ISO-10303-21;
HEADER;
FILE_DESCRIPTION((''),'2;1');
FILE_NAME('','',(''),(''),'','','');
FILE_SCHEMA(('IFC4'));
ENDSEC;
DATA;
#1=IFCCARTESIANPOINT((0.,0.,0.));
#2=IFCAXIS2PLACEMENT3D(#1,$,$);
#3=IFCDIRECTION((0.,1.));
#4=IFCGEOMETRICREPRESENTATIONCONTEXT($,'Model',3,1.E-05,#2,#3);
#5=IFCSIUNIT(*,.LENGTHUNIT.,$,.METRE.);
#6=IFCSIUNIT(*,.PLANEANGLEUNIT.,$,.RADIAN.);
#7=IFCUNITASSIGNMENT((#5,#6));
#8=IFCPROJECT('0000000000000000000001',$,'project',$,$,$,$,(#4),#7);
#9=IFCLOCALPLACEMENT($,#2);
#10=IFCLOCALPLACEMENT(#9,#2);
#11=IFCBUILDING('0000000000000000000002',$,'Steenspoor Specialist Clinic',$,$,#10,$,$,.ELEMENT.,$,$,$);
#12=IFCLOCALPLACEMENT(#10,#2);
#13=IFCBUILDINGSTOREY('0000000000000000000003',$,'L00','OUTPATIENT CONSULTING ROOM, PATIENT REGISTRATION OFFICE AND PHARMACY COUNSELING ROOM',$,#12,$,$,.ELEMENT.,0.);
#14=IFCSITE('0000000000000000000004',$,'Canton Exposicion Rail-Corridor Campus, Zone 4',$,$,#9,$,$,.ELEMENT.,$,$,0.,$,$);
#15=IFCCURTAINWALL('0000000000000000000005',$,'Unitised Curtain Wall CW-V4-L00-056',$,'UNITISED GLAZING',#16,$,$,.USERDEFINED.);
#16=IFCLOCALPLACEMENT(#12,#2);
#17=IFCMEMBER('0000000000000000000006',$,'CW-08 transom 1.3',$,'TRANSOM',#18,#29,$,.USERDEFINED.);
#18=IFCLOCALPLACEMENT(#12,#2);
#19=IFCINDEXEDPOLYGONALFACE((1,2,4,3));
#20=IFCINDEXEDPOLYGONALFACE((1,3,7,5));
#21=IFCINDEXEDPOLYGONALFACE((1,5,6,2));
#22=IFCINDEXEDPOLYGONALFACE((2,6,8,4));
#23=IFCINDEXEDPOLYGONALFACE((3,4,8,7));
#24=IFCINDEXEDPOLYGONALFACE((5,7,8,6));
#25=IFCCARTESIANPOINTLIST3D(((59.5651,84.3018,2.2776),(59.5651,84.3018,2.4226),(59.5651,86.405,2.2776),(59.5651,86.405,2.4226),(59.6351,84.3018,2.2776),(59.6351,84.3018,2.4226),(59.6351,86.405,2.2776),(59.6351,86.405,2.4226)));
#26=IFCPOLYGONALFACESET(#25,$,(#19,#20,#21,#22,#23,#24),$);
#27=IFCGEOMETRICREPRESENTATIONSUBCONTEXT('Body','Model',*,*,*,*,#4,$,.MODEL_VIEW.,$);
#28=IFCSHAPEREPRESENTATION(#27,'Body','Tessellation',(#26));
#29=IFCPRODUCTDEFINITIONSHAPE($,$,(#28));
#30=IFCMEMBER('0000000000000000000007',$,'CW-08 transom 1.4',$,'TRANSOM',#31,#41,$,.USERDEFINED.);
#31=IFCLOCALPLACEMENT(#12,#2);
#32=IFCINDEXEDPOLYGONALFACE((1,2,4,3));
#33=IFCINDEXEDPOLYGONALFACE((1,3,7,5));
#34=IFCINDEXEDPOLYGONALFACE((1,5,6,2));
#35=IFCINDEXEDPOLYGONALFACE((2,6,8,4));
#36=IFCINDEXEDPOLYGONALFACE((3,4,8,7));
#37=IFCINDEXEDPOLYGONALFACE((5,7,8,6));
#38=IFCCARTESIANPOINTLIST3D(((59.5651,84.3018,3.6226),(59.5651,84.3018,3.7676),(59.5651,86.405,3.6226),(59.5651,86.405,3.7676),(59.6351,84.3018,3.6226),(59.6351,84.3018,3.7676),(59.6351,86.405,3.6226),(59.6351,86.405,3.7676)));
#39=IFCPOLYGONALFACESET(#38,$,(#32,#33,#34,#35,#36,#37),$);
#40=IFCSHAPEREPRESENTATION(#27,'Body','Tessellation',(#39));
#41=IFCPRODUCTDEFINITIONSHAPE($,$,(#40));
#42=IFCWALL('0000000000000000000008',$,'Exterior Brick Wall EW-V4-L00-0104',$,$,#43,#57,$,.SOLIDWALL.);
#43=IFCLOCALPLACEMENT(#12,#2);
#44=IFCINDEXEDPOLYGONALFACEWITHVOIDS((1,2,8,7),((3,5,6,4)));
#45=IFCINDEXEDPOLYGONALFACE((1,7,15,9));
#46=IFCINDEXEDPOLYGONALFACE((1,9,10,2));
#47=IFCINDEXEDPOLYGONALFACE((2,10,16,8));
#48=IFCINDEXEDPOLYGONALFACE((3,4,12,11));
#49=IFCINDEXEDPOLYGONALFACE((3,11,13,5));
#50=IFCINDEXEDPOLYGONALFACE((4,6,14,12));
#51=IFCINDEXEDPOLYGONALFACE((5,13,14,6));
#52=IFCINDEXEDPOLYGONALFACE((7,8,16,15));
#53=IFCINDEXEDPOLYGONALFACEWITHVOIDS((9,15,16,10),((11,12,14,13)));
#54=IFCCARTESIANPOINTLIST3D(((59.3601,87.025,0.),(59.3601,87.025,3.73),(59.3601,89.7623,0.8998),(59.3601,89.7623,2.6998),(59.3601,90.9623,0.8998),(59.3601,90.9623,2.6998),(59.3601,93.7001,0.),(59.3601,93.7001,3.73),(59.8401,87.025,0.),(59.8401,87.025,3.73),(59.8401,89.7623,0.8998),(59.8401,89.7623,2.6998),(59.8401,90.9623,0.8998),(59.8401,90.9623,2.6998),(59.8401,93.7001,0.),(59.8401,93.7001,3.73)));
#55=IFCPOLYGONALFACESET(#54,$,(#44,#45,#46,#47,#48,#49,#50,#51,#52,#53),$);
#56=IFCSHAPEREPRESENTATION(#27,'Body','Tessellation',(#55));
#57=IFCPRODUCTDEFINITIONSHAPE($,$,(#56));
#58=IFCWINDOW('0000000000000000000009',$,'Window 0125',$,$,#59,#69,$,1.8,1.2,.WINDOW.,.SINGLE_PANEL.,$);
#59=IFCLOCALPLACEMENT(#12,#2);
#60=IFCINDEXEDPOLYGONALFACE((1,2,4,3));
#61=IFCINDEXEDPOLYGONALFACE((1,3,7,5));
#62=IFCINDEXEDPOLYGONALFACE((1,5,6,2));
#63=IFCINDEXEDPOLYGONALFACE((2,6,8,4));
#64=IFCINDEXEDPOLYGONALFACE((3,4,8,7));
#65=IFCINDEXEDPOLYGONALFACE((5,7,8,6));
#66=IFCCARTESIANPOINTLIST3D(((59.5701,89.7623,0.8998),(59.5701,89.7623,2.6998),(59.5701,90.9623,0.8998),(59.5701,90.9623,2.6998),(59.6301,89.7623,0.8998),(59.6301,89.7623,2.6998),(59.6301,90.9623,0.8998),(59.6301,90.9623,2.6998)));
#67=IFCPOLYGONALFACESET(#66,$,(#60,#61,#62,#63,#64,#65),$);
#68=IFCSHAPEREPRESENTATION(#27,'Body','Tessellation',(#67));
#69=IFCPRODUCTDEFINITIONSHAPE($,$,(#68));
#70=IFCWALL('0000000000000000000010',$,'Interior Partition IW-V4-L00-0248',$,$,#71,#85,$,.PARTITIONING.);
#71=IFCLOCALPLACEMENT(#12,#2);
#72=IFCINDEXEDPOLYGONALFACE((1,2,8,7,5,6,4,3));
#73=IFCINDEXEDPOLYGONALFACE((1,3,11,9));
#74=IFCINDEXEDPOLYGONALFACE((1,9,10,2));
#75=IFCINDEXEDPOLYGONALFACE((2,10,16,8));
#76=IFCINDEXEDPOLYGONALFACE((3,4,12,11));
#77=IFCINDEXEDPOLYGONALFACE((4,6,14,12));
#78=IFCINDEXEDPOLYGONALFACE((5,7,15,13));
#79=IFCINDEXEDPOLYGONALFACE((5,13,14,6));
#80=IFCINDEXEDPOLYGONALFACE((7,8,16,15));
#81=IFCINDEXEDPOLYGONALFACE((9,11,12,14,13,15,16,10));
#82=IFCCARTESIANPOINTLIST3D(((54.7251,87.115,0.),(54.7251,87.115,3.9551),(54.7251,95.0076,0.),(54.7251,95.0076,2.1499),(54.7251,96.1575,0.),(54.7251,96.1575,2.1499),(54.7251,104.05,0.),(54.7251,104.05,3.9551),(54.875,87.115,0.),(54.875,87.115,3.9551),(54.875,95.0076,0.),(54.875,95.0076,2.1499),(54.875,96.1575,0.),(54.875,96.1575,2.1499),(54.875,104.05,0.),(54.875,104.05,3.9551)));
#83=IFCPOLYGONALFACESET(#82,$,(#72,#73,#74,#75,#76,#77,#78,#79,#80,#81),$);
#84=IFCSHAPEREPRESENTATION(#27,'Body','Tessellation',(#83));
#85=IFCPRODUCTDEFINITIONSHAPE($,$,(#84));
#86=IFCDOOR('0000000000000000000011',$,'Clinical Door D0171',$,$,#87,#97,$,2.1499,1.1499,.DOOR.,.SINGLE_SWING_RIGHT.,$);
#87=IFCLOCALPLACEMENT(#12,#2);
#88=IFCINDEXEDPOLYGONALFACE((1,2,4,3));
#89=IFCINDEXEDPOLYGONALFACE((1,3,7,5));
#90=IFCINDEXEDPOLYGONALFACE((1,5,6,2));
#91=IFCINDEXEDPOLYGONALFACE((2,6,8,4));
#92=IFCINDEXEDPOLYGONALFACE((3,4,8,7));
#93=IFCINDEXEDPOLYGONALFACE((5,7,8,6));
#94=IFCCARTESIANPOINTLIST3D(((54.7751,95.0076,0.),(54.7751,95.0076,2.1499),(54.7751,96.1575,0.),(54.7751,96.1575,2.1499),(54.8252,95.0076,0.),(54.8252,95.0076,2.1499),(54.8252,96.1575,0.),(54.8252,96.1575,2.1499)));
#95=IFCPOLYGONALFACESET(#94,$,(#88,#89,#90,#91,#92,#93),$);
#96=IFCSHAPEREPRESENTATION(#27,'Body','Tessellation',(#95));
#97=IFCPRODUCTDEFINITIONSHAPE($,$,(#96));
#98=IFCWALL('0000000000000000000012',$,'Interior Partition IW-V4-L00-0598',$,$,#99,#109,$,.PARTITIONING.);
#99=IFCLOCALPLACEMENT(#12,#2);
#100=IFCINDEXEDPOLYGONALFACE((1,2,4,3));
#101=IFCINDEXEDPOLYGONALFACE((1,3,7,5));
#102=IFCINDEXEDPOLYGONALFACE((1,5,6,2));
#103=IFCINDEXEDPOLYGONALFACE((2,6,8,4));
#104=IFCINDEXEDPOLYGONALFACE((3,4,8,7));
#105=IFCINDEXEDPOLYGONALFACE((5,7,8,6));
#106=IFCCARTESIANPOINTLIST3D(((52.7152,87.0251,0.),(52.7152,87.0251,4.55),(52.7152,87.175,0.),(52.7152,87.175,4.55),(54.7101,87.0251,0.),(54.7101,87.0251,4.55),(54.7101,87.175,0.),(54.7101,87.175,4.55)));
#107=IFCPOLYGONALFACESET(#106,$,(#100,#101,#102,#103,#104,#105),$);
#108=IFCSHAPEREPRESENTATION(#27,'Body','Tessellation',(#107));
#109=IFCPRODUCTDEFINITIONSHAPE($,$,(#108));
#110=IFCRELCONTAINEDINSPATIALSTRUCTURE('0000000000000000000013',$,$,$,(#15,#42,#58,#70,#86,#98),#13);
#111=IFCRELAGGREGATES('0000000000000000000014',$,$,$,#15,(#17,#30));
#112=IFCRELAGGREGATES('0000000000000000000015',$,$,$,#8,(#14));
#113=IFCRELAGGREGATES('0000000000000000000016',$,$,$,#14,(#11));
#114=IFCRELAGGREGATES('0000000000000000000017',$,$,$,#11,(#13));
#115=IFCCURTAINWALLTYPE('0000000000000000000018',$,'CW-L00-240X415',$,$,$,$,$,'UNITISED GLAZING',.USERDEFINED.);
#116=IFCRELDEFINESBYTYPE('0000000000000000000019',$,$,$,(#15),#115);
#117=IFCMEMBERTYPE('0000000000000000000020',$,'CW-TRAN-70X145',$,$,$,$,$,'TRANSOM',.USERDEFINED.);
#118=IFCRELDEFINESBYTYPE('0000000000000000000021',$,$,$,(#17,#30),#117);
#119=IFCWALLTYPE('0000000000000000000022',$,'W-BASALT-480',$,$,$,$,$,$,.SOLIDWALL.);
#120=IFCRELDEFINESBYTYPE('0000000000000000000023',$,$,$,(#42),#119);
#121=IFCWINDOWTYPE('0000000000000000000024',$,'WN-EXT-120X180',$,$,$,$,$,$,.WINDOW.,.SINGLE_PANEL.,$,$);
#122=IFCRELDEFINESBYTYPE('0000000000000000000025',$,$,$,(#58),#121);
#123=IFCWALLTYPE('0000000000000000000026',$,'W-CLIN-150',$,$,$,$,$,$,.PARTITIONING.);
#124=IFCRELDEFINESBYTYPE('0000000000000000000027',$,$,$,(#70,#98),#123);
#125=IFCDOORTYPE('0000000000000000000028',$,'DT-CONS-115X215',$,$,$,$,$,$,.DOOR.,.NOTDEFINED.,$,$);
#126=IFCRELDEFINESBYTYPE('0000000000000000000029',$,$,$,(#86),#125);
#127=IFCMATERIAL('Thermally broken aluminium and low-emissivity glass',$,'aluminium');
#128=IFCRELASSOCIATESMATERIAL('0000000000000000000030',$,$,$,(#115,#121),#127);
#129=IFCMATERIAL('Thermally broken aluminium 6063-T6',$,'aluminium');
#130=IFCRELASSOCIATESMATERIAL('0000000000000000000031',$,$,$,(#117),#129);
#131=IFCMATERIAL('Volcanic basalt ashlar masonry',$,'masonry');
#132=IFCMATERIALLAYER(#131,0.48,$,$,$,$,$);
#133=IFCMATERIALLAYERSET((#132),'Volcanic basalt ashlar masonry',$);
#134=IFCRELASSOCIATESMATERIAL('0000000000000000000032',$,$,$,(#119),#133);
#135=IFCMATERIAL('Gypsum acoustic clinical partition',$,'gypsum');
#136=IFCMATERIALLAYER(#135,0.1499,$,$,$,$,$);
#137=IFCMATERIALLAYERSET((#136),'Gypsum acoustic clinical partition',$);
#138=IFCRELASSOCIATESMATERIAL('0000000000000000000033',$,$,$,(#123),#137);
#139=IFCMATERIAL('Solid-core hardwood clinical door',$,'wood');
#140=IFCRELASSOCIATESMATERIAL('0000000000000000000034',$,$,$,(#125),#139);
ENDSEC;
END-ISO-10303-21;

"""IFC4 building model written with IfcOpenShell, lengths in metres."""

from ifc_helpers import new_model, si_unit, direction, frame, frame_2d, origin, origin_2d, place, context, subcontext, project, spatial, rectangle, extrude, material, layer, layer_set, material_profile, profile_set, type_object, element, fill, aggregate, save


model = new_model("IFC4")

# Units and contexts
model_context = context("Model", 3, precision=1e-05, world=origin(), true_north=direction((0.0, 1.0)))
body_context = subcontext(model_context, "Body", "Model", "MODEL_VIEW")
ifc_project = project(units=[si_unit("LENGTHUNIT", "METRE"), si_unit("PLANEANGLEUNIT", "RADIAN")], contexts=[model_context])

# Site, building, storey
site_placement = place(None, origin())
site = spatial("IfcSite", under=ifc_project, at=site_placement, Name="Canton Exposicion Rail-Corridor Campus, Zone 4", CompositionType="ELEMENT", RefElevation=0.0)
building_placement = place(site_placement, origin())
building = spatial("IfcBuilding", under=site, at=building_placement, Name="Steenspoor Specialist Clinic", CompositionType="ELEMENT")
storey_placement = place(building_placement, origin())
storey = spatial("IfcBuildingStorey", under=building, at=storey_placement, Name="L00", Description="OUTPATIENT CONSULTING ROOM, PATIENT REGISTRATION OFFICE AND PHARMACY COUNSELING ROOM", CompositionType="ELEMENT", Elevation=0.0)

# Curtain wall, members
ifc_material_1 = material(Name="Thermally broken aluminium and low-emissivity glass", Category="aluminium")
curtain_wall_type = type_object("IfcCurtainWallType", Name="CW-L00-240X415", ElementType="UNITISED GLAZING", PredefinedType="USERDEFINED", material=ifc_material_1)
curtain_wall_placement = place(storey_placement, origin())
curtain_wall = element("IfcCurtainWall", 1, at=curtain_wall_placement, inside=storey, type_object=curtain_wall_type, Name="Unitised Curtain Wall CW-V4-L00-056", ObjectType="UNITISED GLAZING", PredefinedType="USERDEFINED")
ifc_material_2 = material(Name="Thermally broken aluminium 6063-T6", Category="aluminium")
ifc_material_profile_1 = material_profile(ifc_material_2, rectangle(XDim=0.0701, YDim=0.145, at=origin_2d()), Name="CWT-70X145")
ifc_profile_set_1 = profile_set([ifc_material_profile_1], Name="Thermally broken aluminium 6063-T6")
member_type_1 = type_object("IfcMemberType", Name="CW-TRAN-70X145", ElementType="TRANSOM", PredefinedType="USERDEFINED", material=ifc_profile_set_1)
member_1_placement = place(storey_placement, frame((59.6001, 86.405, 2.3501), z_axis=(0.0, -1.0, 0.0), x_axis=(1.0, 0.0, 0.0)))
member_1 = element("IfcMember", 2, at=member_1_placement, type_object=member_type_1, Name="CW-08 transom 1.3", ObjectType="TRANSOM", PredefinedType="USERDEFINED", context=body_context, shape_type="SweptSolid", body=[
    extrude(rectangle(XDim=0.0701, YDim=0.145, at=origin_2d()), origin(), (0.0, 0.0, 1.0), 2.1033),
])
member_2_placement = place(storey_placement, frame((59.6001, 86.405, 3.6951), z_axis=(0.0, -1.0, 0.0), x_axis=(1.0, 0.0, 0.0)))
member_2 = element("IfcMember", 3, at=member_2_placement, type_object=member_type_1, Name="CW-08 transom 1.4", ObjectType="TRANSOM", PredefinedType="USERDEFINED", context=body_context, shape_type="SweptSolid", body=[
    extrude(rectangle(XDim=0.0701, YDim=0.145, at=origin_2d()), origin(), (0.0, 0.0, 1.0), 2.1033),
])
aggregate(curtain_wall, [member_1, member_2])

# Wall, opening, window
ifc_material_3 = material(Name="Volcanic basalt ashlar masonry", Category="masonry")
ifc_layer_1 = layer(ifc_material_3, 0.48)
ifc_layer_set_1 = layer_set([ifc_layer_1], Name="Volcanic basalt ashlar masonry")
wall_type_1 = type_object("IfcWallType", Name="W-BASALT-480", PredefinedType="SOLIDWALL", material=ifc_layer_set_1)
wall_1_placement = place(storey_placement, frame((59.6001, 93.7, 0.0), z_axis=(0.0, 0.0, 1.0), x_axis=(0.0, -1.0, 0.0)))
wall_1 = element("IfcWall", 4, at=wall_1_placement, inside=storey, type_object=wall_type_1, Name="Exterior Brick Wall EW-V4-L00-0104", PredefinedType="SOLIDWALL", context=body_context, shape_type="SweptSolid", body=[
    extrude(rectangle(XDim=6.675, YDim=0.48, at=frame_2d((3.3374, 0.0))), origin(), (0.0, 0.0, 1.0), 3.73),
])
opening_1_placement = place(wall_1_placement, frame((2.7375, 0.0, 0.8999)))
opening_1 = element("IfcOpeningElement", 5, at=opening_1_placement, cuts=wall_1, PredefinedType="OPENING", context=body_context, shape_type="SweptSolid", body=[
    extrude(rectangle(XDim=1.2, YDim=1.8, at=frame_2d((0.6001, 0.8999))), frame((0.0, 0.25, 0.0), z_axis=(0.0, -1.0, 0.0), x_axis=(1.0, 0.0, 0.0)), (0.0, 0.0, 1.0), 0.5),
])
window_type = type_object("IfcWindowType", Name="WN-EXT-120X180", PartitioningType="SINGLE_PANEL", PredefinedType="WINDOW", material=ifc_material_1)
window_placement = place(opening_1_placement, origin())
window = element("IfcWindow", 6, at=window_placement, inside=storey, type_object=window_type, Name="Window 0125", OverallHeight=1.8, OverallWidth=1.2, PartitioningType="SINGLE_PANEL", PredefinedType="WINDOW", context=body_context, shape_type="SweptSolid", body=[
    extrude(rectangle(XDim=1.2, YDim=1.8, at=frame_2d((0.6001, 0.8999))), frame((0.0, 0.03, 0.0), z_axis=(0.0, -1.0, 0.0), x_axis=(1.0, 0.0, 0.0)), (0.0, 0.0, 1.0), 0.0601),
])
fill(opening_1, window)

# Wall, opening, door
ifc_material_4 = material(Name="Gypsum acoustic clinical partition", Category="gypsum")
ifc_layer_2 = layer(ifc_material_4, 0.1499)
ifc_layer_set_2 = layer_set([ifc_layer_2], Name="Gypsum acoustic clinical partition")
wall_type_2 = type_object("IfcWallType", Name="W-CLIN-150", PredefinedType="PARTITIONING", material=ifc_layer_set_2)
wall_2_placement = place(storey_placement, frame((54.8, 87.115, 0.0), z_axis=(0.0, 0.0, 1.0), x_axis=(0.0, 1.0, 0.0)))
wall_2 = element("IfcWall", 7, at=wall_2_placement, inside=storey, type_object=wall_type_2, Name="Interior Partition IW-V4-L00-0248", PredefinedType="PARTITIONING", context=body_context, shape_type="SweptSolid", body=[
    extrude(rectangle(XDim=16.9351, YDim=0.1499, at=frame_2d((8.4675, 0.0))), origin(), (0.0, 0.0, 1.0), 3.9551),
])
opening_2_placement = place(wall_2_placement, frame((7.8926, 0.0, 0.0)))
opening_2 = element("IfcOpeningElement", 8, at=opening_2_placement, cuts=wall_2, PredefinedType="OPENING", context=body_context, shape_type="SweptSolid", body=[
    extrude(rectangle(XDim=1.1499, YDim=2.1499, at=frame_2d((0.575, 1.075))), frame((0.0, 0.085, 0.0), z_axis=(0.0, -1.0, 0.0), x_axis=(1.0, 0.0, 0.0)), (0.0, 0.0, 1.0), 0.1699),
])
ifc_material_5 = material(Name="Solid-core hardwood clinical door", Category="wood")
door_type = type_object("IfcDoorType", Name="DT-CONS-115X215", OperationType="NOTDEFINED", PredefinedType="DOOR", material=ifc_material_5)
door_placement = place(opening_2_placement, origin())
door = element("IfcDoor", 9, at=door_placement, inside=storey, type_object=door_type, Name="Clinical Door D0171", OperationType="SINGLE_SWING_RIGHT", OverallHeight=2.1499, OverallWidth=1.1499, PredefinedType="DOOR", context=body_context, shape_type="SweptSolid", body=[
    extrude(rectangle(XDim=1.1499, YDim=2.1499, at=frame_2d((0.575, 1.075))), frame((0.0, 0.0249, 0.0), z_axis=(0.0, -1.0, 0.0), x_axis=(1.0, 0.0, 0.0)), (0.0, 0.0, 1.0), 0.05),
])
fill(opening_2, door)

# Wall
wall_3_placement = place(storey_placement, frame((52.7151, 87.1001, 0.0), z_axis=(0.0, 0.0, 1.0), x_axis=(1.0, 0.0, 0.0)))
element("IfcWall", 10, at=wall_3_placement, inside=storey, type_object=wall_type_2, Name="Interior Partition IW-V4-L00-0598", PredefinedType="PARTITIONING", context=body_context, shape_type="SweptSolid", body=[
    extrude(rectangle(XDim=1.9949, YDim=0.1499, at=frame_2d((0.9976, 0.0))), origin(), (0.0, 0.0, 1.0), 4.55),
])

save(model, "model.ifc")
